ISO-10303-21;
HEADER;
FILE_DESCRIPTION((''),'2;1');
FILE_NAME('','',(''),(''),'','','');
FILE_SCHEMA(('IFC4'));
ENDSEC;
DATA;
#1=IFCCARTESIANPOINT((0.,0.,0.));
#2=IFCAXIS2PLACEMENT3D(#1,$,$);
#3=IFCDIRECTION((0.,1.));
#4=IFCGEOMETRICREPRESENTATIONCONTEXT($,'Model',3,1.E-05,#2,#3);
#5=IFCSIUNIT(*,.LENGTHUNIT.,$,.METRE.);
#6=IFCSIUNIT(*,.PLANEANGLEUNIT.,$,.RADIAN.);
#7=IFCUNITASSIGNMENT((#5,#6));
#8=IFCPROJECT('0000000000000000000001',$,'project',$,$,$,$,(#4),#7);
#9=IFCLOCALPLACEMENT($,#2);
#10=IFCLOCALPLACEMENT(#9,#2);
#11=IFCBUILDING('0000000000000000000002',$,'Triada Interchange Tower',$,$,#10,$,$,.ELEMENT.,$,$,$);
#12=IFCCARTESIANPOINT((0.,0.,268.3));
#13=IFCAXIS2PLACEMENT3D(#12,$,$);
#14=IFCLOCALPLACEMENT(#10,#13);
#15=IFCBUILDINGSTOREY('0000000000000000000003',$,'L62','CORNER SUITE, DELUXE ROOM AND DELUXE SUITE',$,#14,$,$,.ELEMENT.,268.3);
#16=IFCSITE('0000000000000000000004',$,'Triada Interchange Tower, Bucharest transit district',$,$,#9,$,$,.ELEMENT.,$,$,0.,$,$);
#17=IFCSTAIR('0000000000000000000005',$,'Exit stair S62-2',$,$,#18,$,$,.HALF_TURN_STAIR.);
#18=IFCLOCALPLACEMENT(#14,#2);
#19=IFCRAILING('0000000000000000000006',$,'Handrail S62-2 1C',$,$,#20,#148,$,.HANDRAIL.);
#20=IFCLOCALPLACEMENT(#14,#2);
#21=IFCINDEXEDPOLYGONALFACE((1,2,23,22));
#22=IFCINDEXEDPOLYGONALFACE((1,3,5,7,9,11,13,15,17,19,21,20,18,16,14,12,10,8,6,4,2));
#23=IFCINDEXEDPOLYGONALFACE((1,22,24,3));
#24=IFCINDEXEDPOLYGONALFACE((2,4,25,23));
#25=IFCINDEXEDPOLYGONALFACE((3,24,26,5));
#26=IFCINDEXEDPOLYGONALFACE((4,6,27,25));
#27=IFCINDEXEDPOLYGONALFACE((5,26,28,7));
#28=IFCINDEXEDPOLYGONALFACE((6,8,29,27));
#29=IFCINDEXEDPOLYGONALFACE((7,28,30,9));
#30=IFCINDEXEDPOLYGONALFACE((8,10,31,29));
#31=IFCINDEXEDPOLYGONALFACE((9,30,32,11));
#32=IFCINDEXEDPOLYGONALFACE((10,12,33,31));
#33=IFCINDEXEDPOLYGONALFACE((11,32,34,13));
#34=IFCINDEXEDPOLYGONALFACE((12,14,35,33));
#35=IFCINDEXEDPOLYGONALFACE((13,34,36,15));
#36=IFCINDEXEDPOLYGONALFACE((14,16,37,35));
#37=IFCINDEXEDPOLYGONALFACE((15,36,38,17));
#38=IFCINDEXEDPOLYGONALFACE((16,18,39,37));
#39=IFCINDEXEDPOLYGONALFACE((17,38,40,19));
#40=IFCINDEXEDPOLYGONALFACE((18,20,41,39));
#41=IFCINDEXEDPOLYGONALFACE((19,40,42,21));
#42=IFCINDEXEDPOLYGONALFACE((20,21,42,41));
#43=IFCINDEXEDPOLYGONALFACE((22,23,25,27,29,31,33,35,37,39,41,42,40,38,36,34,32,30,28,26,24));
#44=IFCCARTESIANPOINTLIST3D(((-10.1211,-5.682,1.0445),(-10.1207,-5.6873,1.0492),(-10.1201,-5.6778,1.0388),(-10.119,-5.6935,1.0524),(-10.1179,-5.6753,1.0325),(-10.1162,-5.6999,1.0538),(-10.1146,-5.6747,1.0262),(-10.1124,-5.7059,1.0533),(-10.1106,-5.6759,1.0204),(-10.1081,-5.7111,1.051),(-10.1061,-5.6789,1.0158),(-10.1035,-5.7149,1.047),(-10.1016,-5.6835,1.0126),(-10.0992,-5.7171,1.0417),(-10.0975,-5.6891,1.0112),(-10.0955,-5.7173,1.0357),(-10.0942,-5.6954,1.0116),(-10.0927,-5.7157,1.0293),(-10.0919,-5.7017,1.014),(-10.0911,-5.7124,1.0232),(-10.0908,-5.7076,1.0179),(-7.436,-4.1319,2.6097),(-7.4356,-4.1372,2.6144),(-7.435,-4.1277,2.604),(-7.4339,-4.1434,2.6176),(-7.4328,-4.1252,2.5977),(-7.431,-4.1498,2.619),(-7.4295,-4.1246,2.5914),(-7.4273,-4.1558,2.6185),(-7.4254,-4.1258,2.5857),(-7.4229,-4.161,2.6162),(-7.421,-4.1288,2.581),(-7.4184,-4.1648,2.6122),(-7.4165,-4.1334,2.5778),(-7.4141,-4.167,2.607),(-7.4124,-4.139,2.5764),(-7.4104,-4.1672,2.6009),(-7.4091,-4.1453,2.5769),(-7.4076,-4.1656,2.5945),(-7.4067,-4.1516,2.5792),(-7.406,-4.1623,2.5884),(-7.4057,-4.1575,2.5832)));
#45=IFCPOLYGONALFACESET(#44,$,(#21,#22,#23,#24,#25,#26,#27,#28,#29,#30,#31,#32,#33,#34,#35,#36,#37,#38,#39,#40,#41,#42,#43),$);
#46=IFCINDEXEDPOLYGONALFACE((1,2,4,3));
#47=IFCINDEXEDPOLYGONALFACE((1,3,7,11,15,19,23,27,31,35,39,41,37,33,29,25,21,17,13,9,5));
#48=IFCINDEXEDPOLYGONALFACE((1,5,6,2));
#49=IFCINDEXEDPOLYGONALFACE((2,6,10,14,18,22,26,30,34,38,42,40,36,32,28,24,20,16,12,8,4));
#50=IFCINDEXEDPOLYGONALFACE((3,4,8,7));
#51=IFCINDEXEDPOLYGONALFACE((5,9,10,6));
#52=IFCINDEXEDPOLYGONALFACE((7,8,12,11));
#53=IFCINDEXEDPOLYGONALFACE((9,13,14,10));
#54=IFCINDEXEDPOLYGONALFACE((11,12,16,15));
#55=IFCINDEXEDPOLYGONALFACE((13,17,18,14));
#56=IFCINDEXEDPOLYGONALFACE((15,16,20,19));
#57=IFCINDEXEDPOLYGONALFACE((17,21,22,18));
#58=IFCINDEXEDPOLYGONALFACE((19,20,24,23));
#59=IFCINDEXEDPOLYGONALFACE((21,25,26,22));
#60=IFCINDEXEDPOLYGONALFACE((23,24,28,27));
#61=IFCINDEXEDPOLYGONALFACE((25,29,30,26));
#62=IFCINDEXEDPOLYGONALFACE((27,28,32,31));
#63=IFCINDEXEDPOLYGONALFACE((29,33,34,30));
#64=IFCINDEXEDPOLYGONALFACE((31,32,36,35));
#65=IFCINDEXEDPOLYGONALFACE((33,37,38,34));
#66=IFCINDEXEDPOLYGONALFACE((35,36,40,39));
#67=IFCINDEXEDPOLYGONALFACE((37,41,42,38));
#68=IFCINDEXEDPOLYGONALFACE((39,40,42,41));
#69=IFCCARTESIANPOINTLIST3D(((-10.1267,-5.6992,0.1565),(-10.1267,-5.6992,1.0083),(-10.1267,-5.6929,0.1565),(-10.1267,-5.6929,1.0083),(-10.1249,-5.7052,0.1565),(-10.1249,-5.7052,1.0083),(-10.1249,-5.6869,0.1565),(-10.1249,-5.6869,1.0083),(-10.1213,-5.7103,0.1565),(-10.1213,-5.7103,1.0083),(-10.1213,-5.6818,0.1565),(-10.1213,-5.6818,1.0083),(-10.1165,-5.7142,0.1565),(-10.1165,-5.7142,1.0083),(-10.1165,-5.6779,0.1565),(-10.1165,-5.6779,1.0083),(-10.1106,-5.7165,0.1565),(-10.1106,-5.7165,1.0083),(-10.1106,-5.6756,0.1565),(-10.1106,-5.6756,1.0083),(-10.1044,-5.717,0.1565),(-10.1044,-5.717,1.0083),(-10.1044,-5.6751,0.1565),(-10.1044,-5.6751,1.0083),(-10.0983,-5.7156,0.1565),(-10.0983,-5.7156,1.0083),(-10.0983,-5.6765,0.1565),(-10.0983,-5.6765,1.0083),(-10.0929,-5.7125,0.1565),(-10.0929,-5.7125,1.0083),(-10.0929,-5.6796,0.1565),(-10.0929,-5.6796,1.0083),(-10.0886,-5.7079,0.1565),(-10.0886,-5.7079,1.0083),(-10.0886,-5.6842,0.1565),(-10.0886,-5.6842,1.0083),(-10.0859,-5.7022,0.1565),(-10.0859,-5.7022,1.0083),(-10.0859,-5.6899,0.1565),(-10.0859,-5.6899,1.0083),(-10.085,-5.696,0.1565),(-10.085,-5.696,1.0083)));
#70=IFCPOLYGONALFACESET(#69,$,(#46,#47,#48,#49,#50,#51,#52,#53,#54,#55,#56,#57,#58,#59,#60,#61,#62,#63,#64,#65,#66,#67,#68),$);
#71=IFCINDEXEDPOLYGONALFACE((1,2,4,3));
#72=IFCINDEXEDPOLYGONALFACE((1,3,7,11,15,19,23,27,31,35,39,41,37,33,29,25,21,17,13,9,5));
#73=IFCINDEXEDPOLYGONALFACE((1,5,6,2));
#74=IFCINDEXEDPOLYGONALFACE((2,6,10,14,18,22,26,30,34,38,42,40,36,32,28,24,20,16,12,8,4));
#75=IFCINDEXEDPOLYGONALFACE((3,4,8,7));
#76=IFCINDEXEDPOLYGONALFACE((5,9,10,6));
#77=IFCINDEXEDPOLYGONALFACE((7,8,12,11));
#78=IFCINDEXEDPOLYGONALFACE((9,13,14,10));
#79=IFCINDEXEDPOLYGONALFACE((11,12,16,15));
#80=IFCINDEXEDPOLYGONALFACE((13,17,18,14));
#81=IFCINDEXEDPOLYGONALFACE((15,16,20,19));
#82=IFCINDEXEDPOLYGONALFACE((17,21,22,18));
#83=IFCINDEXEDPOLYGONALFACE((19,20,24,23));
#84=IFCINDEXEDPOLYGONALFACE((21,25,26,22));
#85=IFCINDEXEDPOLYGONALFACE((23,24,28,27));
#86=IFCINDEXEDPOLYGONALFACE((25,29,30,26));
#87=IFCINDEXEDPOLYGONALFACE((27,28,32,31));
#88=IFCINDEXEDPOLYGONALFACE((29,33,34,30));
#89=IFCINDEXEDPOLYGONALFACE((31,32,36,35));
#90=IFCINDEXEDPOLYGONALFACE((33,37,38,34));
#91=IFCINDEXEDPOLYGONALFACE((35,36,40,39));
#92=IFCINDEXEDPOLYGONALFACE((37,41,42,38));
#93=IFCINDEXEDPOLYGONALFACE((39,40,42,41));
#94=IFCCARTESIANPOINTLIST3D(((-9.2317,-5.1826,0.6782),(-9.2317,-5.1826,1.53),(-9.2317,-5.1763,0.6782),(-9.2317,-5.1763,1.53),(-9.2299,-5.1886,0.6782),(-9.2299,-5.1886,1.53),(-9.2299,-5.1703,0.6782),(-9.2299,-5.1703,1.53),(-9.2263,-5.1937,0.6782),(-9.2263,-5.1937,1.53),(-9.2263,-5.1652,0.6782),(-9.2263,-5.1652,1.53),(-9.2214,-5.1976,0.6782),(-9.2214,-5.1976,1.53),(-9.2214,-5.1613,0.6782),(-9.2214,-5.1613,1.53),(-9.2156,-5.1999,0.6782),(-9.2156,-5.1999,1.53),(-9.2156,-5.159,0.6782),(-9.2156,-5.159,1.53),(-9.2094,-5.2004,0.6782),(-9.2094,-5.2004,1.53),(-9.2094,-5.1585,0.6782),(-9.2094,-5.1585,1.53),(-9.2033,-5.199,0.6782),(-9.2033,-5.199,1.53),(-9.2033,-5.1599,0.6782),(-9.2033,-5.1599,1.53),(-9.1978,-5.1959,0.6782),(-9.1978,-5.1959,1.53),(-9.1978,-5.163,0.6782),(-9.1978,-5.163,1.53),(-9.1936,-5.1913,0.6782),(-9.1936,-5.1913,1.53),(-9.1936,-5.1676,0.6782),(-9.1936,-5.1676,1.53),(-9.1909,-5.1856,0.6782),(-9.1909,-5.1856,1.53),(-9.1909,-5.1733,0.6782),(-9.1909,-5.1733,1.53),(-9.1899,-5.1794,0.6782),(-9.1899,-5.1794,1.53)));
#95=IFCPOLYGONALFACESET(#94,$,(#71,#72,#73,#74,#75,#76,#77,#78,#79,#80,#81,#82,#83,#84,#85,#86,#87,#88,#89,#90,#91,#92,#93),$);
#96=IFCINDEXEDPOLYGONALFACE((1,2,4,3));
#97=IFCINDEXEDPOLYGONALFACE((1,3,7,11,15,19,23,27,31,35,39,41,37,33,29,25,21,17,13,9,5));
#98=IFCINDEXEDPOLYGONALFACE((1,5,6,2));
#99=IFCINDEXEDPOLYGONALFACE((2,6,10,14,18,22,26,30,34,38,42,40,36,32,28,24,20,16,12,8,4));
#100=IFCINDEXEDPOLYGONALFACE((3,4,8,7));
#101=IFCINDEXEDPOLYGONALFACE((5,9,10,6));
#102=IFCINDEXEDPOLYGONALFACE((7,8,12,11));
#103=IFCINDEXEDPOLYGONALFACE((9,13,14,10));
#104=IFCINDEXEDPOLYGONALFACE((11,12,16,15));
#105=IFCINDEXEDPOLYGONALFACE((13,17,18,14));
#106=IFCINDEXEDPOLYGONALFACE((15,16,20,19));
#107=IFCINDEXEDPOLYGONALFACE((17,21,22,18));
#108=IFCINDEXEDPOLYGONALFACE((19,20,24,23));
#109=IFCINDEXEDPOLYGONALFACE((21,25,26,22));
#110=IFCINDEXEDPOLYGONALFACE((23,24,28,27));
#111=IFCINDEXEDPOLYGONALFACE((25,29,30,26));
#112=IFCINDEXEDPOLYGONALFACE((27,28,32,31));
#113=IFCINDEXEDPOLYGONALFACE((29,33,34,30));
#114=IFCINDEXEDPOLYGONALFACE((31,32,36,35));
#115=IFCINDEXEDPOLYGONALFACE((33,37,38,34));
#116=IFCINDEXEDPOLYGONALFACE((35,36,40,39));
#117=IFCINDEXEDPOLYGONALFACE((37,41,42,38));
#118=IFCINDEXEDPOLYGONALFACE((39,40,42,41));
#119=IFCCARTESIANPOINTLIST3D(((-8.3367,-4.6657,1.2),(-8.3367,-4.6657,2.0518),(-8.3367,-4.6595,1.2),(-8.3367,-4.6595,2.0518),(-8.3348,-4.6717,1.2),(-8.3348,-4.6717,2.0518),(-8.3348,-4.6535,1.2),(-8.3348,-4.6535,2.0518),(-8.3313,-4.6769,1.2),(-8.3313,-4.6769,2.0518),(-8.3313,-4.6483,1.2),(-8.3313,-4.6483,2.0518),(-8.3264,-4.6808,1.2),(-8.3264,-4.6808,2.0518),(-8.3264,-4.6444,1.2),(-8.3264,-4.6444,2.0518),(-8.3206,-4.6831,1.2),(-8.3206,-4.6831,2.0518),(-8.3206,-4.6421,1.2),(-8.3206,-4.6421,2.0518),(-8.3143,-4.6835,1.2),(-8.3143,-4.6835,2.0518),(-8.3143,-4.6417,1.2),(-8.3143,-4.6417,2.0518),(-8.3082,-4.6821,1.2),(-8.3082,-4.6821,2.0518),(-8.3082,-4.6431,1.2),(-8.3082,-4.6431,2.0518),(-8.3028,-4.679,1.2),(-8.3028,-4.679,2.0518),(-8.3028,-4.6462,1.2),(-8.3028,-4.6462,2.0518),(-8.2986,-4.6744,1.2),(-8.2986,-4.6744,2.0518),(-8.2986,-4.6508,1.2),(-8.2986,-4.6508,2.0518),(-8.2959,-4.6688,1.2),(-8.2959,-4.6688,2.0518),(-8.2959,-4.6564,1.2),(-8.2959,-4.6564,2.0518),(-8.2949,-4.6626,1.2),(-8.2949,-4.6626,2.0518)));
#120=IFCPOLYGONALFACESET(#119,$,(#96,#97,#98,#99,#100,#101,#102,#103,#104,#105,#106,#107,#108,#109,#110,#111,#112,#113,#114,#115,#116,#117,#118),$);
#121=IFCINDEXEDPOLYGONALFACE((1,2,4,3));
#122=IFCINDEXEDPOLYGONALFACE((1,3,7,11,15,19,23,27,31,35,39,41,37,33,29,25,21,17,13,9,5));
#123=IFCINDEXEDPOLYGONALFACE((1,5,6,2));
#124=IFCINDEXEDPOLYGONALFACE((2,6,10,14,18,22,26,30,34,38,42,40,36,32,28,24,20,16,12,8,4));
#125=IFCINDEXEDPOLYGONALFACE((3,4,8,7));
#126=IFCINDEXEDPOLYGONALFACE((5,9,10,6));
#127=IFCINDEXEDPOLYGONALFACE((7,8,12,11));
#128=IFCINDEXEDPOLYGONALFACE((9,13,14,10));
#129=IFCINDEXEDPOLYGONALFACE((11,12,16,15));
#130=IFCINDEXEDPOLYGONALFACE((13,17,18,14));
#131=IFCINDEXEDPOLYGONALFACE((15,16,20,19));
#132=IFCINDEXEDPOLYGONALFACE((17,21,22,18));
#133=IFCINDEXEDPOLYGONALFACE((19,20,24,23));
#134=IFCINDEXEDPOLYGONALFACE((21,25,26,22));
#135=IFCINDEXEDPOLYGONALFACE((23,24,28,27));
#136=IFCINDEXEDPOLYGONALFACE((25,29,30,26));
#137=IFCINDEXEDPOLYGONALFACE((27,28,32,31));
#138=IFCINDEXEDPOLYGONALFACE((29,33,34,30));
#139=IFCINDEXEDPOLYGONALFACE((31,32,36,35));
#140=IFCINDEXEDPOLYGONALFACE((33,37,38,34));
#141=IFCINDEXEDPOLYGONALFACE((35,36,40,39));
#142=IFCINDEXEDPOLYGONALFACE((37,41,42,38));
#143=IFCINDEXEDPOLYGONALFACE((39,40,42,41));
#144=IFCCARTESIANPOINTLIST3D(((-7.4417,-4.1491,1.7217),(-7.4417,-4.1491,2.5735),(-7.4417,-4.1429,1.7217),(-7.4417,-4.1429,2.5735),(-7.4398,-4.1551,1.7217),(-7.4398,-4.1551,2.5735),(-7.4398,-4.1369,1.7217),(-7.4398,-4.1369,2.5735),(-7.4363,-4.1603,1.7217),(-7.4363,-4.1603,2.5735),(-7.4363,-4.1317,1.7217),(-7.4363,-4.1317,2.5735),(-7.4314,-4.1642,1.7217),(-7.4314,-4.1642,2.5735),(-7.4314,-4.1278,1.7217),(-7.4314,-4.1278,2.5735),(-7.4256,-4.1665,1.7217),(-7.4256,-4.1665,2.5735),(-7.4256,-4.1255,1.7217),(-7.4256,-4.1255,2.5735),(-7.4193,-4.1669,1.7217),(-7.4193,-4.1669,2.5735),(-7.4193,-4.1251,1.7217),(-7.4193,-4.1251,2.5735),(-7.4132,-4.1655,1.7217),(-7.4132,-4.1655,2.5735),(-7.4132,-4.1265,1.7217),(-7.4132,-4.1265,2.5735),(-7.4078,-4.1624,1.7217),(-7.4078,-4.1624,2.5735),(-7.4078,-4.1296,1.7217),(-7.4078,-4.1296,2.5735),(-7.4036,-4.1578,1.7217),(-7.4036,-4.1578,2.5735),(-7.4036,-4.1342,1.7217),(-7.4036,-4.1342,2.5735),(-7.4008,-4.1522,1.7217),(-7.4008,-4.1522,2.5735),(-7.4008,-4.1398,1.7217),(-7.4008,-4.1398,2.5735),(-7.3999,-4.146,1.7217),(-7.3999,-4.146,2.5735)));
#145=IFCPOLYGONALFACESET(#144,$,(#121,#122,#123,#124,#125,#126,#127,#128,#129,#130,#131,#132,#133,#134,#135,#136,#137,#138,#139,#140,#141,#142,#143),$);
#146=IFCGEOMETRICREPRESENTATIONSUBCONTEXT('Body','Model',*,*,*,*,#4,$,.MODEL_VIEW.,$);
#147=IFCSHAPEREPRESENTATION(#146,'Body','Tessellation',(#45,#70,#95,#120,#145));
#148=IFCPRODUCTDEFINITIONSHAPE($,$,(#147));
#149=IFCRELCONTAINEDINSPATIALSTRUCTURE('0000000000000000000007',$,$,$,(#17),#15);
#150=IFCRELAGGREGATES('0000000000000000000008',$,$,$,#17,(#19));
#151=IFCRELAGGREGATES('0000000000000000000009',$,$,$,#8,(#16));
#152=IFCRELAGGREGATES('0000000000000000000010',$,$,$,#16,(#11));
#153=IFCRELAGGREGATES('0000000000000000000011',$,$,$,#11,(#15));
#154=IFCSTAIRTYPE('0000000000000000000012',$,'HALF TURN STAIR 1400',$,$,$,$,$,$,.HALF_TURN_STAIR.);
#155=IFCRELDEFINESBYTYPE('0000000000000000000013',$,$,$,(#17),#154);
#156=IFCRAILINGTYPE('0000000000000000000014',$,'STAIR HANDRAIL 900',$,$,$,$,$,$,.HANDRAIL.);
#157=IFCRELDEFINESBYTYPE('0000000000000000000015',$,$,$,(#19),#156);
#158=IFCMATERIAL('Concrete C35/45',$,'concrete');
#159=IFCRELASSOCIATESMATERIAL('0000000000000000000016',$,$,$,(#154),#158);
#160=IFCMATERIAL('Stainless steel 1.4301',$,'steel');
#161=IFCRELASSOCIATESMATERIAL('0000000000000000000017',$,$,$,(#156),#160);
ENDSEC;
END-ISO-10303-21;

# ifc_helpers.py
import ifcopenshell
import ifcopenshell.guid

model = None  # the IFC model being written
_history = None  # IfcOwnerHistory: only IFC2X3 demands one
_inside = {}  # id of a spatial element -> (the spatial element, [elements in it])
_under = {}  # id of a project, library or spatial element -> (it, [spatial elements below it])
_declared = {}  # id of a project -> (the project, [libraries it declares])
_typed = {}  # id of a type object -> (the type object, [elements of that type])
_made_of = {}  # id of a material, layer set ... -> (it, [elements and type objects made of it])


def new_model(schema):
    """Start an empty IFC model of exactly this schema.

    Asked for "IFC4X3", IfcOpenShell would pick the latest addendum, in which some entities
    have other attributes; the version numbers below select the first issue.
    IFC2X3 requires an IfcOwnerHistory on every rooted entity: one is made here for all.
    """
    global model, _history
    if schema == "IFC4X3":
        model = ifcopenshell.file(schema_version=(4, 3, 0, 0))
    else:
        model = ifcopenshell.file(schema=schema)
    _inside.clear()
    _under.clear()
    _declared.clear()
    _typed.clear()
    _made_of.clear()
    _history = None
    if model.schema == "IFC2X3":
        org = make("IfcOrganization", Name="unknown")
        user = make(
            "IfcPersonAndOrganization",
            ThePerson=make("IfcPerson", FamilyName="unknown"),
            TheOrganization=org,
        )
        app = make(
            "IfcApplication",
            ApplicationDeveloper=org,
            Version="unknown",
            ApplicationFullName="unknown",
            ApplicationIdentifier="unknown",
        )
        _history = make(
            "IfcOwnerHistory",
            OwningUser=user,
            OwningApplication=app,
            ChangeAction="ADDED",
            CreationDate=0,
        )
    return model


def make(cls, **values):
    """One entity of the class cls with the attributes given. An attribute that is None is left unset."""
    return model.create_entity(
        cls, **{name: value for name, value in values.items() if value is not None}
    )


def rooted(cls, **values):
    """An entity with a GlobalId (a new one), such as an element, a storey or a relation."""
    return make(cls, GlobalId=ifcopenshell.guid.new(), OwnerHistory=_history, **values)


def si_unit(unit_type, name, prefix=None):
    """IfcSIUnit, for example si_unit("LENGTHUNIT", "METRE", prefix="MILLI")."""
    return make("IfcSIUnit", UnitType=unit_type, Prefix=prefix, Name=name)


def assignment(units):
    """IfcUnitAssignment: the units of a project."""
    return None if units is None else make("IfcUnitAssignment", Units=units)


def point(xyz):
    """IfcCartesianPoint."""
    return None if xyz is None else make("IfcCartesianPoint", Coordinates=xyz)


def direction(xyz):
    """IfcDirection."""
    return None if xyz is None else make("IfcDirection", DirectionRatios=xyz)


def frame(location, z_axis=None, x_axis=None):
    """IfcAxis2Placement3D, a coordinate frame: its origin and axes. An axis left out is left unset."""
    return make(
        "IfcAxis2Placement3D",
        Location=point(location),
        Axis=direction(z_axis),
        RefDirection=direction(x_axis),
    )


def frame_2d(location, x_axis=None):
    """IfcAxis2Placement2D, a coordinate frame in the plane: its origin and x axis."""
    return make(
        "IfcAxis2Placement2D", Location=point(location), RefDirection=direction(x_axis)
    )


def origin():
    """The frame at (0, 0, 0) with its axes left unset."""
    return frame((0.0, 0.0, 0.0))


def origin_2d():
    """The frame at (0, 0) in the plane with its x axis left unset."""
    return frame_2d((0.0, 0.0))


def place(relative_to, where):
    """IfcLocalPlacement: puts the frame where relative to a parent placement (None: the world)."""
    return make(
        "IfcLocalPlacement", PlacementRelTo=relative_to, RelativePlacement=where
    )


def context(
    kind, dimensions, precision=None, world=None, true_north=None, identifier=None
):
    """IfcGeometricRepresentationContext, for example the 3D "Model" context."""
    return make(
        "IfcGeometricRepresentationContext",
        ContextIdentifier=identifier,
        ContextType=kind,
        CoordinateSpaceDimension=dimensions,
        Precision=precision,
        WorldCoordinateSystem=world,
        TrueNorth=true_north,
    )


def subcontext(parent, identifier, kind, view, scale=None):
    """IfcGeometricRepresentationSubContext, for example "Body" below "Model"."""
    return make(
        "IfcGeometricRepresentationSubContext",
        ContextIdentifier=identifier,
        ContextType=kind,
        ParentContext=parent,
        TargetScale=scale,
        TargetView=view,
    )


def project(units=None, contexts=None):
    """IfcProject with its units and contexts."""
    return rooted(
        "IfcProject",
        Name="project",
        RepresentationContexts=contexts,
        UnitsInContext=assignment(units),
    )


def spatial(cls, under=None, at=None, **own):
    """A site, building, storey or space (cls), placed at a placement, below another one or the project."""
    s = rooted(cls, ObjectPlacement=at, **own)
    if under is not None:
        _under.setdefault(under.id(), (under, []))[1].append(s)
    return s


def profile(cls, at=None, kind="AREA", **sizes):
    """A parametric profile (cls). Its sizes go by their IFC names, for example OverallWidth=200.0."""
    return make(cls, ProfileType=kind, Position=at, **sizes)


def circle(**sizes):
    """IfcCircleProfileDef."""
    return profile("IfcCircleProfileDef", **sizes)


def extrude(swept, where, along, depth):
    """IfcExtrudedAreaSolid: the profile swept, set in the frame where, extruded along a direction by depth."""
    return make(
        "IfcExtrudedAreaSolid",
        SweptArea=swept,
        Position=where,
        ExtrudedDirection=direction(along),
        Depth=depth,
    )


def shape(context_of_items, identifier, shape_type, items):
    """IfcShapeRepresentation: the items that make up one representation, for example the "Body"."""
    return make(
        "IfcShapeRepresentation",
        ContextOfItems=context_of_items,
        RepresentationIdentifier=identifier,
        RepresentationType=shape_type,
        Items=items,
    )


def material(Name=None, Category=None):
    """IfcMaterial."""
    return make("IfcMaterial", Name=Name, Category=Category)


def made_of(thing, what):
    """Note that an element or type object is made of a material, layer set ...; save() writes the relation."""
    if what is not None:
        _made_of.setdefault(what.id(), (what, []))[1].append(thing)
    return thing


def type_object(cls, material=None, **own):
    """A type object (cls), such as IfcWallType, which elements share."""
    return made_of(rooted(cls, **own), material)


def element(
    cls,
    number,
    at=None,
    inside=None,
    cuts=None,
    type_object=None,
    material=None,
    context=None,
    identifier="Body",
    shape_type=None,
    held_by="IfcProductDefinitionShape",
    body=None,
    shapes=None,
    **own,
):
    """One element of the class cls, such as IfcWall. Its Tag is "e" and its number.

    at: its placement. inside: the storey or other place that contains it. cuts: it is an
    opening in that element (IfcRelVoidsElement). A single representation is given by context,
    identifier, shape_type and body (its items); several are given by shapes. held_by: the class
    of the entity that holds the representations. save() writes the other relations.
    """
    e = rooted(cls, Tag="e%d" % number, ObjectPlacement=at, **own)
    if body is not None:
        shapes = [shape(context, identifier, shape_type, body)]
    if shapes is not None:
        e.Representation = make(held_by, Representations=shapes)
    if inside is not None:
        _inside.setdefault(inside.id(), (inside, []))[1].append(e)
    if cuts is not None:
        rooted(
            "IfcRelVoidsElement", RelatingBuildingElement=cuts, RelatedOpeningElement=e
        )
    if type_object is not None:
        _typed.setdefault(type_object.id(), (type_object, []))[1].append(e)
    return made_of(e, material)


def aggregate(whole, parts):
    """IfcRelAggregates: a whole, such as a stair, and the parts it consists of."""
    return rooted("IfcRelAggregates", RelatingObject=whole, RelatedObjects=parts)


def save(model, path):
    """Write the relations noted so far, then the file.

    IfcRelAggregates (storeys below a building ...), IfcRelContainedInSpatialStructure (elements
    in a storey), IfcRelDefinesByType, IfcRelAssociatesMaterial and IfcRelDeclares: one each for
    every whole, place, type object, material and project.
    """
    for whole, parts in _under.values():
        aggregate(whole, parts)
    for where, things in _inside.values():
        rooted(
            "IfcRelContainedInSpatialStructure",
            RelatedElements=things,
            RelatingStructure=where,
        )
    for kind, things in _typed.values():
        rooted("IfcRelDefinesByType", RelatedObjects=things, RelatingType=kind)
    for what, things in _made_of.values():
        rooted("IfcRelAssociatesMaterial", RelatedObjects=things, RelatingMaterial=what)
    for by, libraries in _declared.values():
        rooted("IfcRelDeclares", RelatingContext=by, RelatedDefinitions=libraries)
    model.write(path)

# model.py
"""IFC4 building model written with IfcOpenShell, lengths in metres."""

from ifc_helpers import new_model, si_unit, direction, frame, origin, origin_2d, place, context, subcontext, project, spatial, circle, extrude, material, type_object, element, aggregate, save


model = new_model("IFC4")

# Units and contexts
model_context = context("Model", 3, precision=1e-05, world=origin(), true_north=direction((0.0, 1.0)))
body_context = subcontext(model_context, "Body", "Model", "MODEL_VIEW")
ifc_project = project(units=[si_unit("LENGTHUNIT", "METRE"), si_unit("PLANEANGLEUNIT", "RADIAN")], contexts=[model_context])

# Site, building, storey
site_placement = place(None, origin())
site = spatial("IfcSite", under=ifc_project, at=site_placement, Name="Triada Interchange Tower, Bucharest transit district", CompositionType="ELEMENT", RefElevation=0.0)
building_placement = place(site_placement, origin())
building = spatial("IfcBuilding", under=site, at=building_placement, Name="Triada Interchange Tower", CompositionType="ELEMENT")
storey_placement = place(building_placement, frame((0.0, 0.0, 268.3)))
storey = spatial("IfcBuildingStorey", under=building, at=storey_placement, Name="L62", Description="CORNER SUITE, DELUXE ROOM AND DELUXE SUITE", CompositionType="ELEMENT", Elevation=268.3)

# Stair, railing
ifc_material_1 = material(Name="Concrete C35/45", Category="concrete")
stair_type = type_object("IfcStairType", Name="HALF TURN STAIR 1400", PredefinedType="HALF_TURN_STAIR", material=ifc_material_1)
stair_placement = place(storey_placement, origin())
stair = element("IfcStair", 1, at=stair_placement, inside=storey, type_object=stair_type, Name="Exit stair S62-2", PredefinedType="HALF_TURN_STAIR")
ifc_material_2 = material(Name="Stainless steel 1.4301", Category="steel")
railing_type = type_object("IfcRailingType", Name="STAIR HANDRAIL 900", PredefinedType="HANDRAIL", material=ifc_material_2)
railing_1_placement = place(storey_placement, frame((-10.106, -5.696, 0.1565)))
railing_1 = element("IfcRailing", 2, at=railing_1_placement, type_object=railing_type, Name="Handrail S62-2 1C", PredefinedType="HANDRAIL", context=body_context, shape_type="SweptSolid", body=[
    extrude(circle(Radius=0.0239, at=origin_2d()), frame((0.0, 0.0, 0.876), z_axis=(0.773115, 0.446309, 0.450667), x_axis=(-0.499959, 0.866049, 0.0)), (0.0, 0.0, 1.0), 3.4731),
    extrude(circle(Radius=0.021, at=origin_2d()), origin(), (0.0, 0.0, 1.0), 0.8518),
    extrude(circle(Radius=0.021, at=origin_2d()), frame((0.895, 0.5166, 0.5217)), (0.0, 0.0, 1.0), 0.8518),
    extrude(circle(Radius=0.021, at=origin_2d()), frame((1.79, 1.0334, 1.0435)), (0.0, 0.0, 1.0), 0.8518),
    extrude(circle(Radius=0.021, at=origin_2d()), frame((2.6851, 1.55, 1.5652)), (0.0, 0.0, 1.0), 0.8518),
])
aggregate(stair, [railing_1])

save(model, "model.ifc")
